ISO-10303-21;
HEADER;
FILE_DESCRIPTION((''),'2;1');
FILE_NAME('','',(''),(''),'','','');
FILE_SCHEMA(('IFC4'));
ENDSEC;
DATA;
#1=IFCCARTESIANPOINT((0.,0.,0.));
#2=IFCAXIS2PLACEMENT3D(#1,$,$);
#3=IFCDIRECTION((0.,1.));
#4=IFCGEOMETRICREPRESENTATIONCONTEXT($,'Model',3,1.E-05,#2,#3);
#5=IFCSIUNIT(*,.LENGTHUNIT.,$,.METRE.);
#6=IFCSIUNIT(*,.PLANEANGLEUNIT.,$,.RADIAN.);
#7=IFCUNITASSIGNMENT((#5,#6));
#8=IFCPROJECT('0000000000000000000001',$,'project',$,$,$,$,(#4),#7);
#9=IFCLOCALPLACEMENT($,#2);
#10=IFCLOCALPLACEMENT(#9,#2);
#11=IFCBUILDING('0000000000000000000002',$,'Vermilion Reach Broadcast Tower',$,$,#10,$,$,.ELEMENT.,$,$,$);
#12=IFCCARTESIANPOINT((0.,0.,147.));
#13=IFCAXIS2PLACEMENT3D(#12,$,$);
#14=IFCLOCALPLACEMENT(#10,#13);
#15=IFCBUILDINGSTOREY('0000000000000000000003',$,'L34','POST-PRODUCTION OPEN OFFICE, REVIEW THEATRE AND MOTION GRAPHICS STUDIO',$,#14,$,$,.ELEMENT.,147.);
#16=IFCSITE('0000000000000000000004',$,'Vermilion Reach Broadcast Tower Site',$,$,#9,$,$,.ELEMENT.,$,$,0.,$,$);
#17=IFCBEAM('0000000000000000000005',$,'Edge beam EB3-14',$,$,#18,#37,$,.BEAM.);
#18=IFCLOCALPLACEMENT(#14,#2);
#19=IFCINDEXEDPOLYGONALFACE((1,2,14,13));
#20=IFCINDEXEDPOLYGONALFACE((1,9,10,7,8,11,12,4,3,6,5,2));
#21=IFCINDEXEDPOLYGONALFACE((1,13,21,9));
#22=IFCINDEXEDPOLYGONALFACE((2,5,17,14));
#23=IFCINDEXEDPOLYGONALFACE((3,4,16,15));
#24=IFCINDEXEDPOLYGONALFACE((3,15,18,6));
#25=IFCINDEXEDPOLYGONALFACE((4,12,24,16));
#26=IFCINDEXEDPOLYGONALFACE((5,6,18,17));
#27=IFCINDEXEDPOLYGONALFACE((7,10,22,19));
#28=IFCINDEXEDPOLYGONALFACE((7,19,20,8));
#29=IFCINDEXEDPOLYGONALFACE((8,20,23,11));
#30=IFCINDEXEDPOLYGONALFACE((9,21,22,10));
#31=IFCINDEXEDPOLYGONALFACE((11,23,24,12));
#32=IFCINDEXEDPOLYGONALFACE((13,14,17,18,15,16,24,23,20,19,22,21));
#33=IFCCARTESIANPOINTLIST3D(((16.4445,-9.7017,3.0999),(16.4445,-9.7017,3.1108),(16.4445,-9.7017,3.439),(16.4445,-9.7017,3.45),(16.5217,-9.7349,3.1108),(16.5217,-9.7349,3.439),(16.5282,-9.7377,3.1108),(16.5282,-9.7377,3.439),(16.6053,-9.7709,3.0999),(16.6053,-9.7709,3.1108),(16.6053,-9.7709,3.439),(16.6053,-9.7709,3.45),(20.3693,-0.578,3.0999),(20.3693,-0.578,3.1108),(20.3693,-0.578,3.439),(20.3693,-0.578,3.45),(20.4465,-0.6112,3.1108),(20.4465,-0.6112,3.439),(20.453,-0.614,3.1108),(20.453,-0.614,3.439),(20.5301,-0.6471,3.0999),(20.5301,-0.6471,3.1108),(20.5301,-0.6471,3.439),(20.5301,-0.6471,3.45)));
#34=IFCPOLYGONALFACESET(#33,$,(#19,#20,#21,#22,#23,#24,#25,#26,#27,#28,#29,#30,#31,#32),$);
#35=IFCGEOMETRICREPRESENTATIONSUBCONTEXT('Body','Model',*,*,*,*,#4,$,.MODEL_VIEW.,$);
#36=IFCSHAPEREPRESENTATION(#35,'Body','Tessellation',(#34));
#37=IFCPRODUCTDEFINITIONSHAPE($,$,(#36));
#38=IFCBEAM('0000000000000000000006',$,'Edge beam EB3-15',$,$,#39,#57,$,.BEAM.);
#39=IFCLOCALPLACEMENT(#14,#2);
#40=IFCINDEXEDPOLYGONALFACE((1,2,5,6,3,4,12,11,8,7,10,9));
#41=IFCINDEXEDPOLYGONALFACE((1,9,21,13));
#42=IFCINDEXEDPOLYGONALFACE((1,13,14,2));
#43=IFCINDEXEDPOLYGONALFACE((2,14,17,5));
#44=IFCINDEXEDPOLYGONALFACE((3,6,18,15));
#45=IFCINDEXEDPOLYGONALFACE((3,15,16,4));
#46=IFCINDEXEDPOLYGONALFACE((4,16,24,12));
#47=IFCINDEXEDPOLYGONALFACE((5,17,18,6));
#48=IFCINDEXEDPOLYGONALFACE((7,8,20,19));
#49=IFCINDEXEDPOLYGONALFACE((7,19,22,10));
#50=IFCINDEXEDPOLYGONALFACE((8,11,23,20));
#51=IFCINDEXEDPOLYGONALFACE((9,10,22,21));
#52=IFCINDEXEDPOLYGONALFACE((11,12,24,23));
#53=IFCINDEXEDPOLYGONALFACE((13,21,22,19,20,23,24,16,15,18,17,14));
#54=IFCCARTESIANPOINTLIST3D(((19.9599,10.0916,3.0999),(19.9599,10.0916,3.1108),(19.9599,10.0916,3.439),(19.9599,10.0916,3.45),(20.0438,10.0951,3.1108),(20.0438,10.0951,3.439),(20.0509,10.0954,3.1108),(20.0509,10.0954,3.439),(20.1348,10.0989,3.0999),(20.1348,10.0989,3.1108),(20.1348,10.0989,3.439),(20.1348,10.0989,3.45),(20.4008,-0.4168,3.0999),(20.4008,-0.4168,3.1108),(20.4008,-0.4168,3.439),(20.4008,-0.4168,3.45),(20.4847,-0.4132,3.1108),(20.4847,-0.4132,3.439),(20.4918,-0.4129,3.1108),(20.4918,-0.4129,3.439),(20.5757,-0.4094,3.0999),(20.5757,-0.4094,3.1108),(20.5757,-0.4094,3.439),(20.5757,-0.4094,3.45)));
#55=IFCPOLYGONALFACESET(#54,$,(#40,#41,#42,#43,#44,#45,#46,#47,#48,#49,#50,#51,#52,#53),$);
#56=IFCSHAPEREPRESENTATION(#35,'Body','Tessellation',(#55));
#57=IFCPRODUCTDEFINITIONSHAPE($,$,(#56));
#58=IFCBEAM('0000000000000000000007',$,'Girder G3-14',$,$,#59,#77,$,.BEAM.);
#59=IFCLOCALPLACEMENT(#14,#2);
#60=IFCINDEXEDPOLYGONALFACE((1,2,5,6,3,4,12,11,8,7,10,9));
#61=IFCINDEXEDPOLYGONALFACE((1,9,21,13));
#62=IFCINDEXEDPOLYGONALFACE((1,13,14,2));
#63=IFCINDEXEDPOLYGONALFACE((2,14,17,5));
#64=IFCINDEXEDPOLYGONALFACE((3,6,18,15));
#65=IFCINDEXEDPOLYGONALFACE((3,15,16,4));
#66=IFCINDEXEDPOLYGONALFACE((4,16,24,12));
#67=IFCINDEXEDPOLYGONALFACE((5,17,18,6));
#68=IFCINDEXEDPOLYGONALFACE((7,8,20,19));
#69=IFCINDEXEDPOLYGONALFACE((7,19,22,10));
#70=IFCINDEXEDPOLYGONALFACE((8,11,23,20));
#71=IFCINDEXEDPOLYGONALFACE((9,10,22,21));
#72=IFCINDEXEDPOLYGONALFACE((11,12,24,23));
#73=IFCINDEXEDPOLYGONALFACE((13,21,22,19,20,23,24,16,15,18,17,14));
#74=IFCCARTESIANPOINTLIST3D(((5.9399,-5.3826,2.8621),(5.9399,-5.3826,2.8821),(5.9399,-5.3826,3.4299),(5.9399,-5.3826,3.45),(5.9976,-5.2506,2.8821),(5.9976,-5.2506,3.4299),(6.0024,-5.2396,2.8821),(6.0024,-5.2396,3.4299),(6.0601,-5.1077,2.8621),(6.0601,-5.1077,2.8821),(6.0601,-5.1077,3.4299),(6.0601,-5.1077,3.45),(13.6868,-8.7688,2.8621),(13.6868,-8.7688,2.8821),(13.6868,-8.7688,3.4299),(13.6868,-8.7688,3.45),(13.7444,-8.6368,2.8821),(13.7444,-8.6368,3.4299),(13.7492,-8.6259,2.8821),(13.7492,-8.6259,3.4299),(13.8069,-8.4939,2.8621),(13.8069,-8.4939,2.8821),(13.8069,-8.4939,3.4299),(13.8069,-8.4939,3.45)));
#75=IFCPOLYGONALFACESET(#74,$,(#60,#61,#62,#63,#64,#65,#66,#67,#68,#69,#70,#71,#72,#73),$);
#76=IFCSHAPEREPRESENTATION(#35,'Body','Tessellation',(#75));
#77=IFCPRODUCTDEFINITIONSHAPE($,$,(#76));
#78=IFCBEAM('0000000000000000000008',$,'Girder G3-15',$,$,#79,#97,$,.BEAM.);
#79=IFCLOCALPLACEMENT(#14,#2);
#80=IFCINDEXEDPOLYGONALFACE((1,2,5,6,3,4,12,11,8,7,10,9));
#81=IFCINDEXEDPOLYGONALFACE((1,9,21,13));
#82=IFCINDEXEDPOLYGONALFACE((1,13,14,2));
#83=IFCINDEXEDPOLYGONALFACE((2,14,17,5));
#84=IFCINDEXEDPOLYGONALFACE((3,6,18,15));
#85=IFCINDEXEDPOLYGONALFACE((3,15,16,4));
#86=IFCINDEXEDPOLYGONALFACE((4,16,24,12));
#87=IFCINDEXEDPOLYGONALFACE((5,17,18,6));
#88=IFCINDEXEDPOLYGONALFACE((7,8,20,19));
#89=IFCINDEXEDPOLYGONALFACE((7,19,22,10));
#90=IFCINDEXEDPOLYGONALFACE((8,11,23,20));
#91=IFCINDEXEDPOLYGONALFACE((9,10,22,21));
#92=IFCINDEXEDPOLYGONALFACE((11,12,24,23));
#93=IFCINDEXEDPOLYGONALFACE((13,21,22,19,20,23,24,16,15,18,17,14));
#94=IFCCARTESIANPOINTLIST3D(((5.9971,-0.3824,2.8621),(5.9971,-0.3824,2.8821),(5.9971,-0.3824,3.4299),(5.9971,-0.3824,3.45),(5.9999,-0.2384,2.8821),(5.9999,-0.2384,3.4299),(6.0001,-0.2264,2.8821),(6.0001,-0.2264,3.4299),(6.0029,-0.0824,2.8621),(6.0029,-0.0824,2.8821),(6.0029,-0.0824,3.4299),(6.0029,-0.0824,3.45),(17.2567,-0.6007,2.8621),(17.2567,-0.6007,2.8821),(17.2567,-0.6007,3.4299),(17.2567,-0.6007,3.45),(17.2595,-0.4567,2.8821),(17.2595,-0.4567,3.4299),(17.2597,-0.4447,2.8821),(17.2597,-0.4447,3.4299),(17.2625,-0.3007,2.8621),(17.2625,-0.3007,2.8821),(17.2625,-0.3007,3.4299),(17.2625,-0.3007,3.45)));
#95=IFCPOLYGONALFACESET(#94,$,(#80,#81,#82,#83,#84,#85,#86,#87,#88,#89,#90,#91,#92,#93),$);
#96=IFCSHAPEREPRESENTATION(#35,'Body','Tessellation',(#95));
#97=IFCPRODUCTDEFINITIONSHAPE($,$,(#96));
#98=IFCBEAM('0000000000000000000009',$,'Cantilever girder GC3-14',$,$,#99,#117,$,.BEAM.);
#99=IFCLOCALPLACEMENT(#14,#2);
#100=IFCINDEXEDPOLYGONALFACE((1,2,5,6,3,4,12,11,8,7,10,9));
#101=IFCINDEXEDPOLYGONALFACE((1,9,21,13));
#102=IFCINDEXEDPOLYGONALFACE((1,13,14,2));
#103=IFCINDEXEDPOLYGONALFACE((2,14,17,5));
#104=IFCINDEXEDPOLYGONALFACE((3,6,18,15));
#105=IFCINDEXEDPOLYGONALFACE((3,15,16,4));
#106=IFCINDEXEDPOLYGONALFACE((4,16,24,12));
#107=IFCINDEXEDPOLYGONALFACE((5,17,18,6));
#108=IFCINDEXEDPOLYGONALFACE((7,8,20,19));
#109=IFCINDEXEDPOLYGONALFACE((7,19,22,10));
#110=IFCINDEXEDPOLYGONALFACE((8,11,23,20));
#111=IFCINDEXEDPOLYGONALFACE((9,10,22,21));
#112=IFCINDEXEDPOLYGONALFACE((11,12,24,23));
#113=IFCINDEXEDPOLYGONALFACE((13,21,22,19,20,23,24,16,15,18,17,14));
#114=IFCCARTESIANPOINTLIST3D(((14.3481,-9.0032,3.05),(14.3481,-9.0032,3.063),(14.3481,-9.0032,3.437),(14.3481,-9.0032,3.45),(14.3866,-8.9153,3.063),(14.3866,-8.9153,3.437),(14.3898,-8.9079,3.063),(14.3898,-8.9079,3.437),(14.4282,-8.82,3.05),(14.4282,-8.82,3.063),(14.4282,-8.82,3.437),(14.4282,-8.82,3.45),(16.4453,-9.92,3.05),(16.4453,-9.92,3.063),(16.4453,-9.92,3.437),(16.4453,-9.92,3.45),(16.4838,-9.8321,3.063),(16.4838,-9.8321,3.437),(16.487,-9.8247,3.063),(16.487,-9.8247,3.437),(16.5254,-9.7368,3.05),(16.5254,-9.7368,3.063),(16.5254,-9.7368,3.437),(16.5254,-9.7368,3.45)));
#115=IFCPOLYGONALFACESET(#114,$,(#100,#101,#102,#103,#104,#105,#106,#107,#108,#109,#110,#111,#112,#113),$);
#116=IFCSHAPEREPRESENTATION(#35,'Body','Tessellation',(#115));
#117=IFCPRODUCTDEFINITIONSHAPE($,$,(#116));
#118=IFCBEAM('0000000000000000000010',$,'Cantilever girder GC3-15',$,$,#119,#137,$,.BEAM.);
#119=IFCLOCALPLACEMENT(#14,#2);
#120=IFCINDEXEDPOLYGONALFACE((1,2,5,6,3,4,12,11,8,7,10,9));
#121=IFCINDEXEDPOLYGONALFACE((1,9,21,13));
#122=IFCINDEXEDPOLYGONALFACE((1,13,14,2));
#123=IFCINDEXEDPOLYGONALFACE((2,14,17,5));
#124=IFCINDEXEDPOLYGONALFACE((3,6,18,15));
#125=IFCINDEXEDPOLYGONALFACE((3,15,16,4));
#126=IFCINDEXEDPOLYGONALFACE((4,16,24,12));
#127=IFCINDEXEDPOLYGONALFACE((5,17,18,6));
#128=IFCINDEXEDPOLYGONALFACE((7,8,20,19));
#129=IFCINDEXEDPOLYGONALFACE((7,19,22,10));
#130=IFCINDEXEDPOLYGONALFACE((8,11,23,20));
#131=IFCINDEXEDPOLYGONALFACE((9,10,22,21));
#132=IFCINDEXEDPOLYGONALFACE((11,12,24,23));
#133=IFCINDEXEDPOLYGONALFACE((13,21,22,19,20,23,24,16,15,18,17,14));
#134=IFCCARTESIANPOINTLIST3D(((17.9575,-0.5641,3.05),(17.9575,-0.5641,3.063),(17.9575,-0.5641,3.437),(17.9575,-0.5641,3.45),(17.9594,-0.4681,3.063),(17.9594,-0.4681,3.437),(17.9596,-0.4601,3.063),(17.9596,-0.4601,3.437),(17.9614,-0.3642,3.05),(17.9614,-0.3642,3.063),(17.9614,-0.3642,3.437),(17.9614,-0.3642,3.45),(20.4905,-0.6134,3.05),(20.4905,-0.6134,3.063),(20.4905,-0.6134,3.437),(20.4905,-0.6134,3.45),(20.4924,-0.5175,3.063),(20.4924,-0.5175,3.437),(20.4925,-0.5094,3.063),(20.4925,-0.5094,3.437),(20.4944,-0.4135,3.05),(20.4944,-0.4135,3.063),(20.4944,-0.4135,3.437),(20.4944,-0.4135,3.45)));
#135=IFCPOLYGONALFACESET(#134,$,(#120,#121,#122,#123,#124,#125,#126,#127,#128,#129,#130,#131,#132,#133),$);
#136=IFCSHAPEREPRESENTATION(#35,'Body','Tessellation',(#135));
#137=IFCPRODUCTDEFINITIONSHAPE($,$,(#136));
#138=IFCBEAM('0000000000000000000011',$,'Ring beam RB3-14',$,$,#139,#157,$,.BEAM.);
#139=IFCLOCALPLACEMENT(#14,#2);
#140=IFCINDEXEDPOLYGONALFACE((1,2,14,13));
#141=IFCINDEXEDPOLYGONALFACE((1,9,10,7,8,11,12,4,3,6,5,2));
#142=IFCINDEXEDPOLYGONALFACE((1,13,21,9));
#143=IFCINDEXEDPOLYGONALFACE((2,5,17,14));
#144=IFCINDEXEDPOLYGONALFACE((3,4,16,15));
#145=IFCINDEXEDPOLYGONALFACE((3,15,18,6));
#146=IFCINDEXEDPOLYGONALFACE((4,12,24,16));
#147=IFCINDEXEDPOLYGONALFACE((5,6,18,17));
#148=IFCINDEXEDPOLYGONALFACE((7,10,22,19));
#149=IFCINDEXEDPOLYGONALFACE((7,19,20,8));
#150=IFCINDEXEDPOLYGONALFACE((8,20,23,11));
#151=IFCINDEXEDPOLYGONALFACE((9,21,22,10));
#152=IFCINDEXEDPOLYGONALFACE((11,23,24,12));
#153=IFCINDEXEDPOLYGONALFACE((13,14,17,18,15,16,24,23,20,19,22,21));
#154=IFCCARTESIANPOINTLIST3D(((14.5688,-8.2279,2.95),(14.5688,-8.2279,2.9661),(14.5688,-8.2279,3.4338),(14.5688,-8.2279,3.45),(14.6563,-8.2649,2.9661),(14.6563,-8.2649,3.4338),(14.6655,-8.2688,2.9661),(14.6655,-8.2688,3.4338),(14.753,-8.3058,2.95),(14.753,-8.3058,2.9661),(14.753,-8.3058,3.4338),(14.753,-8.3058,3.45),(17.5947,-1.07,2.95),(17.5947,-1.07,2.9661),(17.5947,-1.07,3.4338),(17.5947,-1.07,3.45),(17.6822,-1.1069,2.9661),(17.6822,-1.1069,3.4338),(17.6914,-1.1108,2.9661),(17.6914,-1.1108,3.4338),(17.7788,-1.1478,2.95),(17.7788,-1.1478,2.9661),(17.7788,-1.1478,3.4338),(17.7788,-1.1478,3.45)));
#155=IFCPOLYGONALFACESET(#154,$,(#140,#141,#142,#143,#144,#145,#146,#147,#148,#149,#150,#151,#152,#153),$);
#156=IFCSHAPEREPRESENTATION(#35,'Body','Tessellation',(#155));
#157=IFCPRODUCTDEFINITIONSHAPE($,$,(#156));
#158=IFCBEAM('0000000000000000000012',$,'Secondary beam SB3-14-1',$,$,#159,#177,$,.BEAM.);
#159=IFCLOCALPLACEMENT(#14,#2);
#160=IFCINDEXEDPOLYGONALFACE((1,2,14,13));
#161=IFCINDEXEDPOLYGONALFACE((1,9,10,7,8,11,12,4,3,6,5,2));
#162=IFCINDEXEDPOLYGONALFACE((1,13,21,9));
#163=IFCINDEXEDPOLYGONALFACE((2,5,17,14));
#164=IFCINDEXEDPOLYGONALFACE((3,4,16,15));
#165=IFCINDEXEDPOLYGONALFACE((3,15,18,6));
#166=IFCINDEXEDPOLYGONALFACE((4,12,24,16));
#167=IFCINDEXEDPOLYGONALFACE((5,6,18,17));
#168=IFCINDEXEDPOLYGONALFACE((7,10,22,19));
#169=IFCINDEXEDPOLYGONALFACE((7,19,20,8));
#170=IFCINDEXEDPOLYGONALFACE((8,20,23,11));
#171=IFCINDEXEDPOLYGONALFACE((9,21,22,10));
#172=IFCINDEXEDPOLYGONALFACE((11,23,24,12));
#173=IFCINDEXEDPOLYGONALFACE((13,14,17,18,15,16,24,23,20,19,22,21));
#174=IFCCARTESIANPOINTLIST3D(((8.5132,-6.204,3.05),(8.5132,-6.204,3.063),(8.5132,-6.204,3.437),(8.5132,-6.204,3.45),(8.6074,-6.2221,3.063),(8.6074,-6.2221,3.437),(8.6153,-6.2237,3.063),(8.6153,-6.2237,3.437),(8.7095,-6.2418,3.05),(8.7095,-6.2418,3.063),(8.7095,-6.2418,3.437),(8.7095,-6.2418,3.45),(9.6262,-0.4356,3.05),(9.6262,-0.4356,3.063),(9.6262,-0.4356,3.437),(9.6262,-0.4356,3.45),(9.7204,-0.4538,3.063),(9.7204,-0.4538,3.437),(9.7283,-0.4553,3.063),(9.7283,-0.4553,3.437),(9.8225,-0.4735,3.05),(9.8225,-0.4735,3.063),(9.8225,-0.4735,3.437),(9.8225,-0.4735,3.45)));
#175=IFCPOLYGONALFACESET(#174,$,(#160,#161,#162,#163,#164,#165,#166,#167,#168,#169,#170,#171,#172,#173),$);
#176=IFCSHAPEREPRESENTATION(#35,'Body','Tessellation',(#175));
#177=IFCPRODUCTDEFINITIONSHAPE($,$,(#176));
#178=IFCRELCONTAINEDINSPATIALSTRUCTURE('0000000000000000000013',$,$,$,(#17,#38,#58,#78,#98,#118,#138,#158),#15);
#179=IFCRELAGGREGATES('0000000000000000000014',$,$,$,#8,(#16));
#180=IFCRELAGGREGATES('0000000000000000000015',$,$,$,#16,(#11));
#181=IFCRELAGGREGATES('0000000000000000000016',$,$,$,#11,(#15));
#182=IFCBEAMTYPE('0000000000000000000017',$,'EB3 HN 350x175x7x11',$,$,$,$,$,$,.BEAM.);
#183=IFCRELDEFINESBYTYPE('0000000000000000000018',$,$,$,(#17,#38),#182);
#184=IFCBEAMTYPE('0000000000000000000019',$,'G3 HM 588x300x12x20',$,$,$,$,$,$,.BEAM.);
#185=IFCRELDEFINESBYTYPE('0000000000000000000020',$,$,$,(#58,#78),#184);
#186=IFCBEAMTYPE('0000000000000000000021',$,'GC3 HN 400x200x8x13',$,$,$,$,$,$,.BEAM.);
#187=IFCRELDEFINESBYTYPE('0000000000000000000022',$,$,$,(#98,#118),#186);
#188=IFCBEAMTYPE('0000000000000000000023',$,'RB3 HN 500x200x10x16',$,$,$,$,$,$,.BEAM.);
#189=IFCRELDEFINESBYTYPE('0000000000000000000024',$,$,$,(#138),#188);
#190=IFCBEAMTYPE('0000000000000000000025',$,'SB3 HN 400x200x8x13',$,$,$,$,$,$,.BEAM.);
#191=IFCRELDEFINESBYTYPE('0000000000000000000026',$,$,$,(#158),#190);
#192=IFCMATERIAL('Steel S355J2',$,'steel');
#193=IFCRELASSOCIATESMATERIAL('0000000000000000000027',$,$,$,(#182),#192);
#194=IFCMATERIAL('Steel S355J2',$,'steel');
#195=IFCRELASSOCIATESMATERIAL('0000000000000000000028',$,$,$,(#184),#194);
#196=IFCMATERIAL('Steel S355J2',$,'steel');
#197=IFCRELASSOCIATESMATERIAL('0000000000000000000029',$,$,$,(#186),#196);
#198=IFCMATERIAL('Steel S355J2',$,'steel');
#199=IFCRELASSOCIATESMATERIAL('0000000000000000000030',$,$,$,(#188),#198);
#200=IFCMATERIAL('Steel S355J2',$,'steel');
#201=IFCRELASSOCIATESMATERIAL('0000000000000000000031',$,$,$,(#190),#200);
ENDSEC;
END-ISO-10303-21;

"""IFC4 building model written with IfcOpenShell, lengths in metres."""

from ifc_helpers import new_model, si_unit, direction, frame, origin, origin_2d, place, context, subcontext, project, spatial, i_section, extrude, material, material_profile, profile_set, type_object, element, save


model = new_model("IFC4")

# Units and contexts
model_context = context("Model", 3, precision=1e-05, world=origin(), true_north=direction((0.0, 1.0)))
body_context = subcontext(model_context, "Body", "Model", "MODEL_VIEW")
ifc_project = project(units=[si_unit("LENGTHUNIT", "METRE"), si_unit("PLANEANGLEUNIT", "RADIAN")], contexts=[model_context])

# Site, building, storey
site_placement = place(None, origin())
site = spatial("IfcSite", under=ifc_project, at=site_placement, Name="Vermilion Reach Broadcast Tower Site", CompositionType="ELEMENT", RefElevation=0.0)
building_placement = place(site_placement, origin())
building = spatial("IfcBuilding", under=site, at=building_placement, Name="Vermilion Reach Broadcast Tower", CompositionType="ELEMENT")
storey_placement = place(building_placement, frame((0.0, 0.0, 147.0)))
storey = spatial("IfcBuildingStorey", under=building, at=storey_placement, Name="L34", Description="POST-PRODUCTION OPEN OFFICE, REVIEW THEATRE AND MOTION GRAPHICS STUDIO", CompositionType="ELEMENT", Elevation=147.0)

# Beams
ifc_material_1 = material(Name="Steel S355J2", Category="steel")
ifc_material_profile_1 = material_profile(ifc_material_1, i_section(OverallWidth=0.175, OverallDepth=0.3501, WebThickness=0.0071, FlangeThickness=0.011, at=origin_2d()), Name="S355J2 HN 350x175x7x11")
ifc_profile_set_1 = profile_set([ifc_material_profile_1], Name="Steel S355J2")
beam_type_1 = type_object("IfcBeamType", Name="EB3 HN 350x175x7x11", PredefinedType="BEAM", material=ifc_profile_set_1)
beam_1_placement = place(storey_placement, frame((16.5249, -9.7363, 3.2749), z_axis=(0.395162, 0.918611, 0.0), x_axis=(-0.918611, 0.395162, 0.0)))
element("IfcBeam", 1, at=beam_1_placement, inside=storey, type_object=beam_type_1, Name="Edge beam EB3-14", PredefinedType="BEAM", context=body_context, shape_type="SweptSolid", body=[
    extrude(i_section(OverallWidth=0.175, OverallDepth=0.3501, WebThickness=0.0071, FlangeThickness=0.011, at=origin_2d()), origin(), (0.0, 0.0, 1.0), 9.9321),
])
beam_2_placement = place(storey_placement, frame((20.4883, -0.4131, 3.2749), z_axis=(-0.041922, 0.999121, 0.0), x_axis=(-0.999121, -0.041922, 0.0)))
element("IfcBeam", 2, at=beam_2_placement, inside=storey, type_object=beam_type_1, Name="Edge beam EB3-15", PredefinedType="BEAM", context=body_context, shape_type="SweptSolid", body=[
    extrude(i_section(OverallWidth=0.175, OverallDepth=0.3501, WebThickness=0.0071, FlangeThickness=0.011, at=origin_2d()), origin(), (0.0, 0.0, 1.0), 10.5176),
])
ifc_material_2 = material(Name="Steel S355J2", Category="steel")
ifc_material_profile_2 = material_profile(ifc_material_2, i_section(OverallWidth=0.3, OverallDepth=0.5879, WebThickness=0.012, FlangeThickness=0.02, at=origin_2d()), Name="S355J2 HM 588x300x12x20")
ifc_profile_set_2 = profile_set([ifc_material_profile_2], Name="Steel S355J2")
beam_type_2 = type_object("IfcBeamType", Name="G3 HM 588x300x12x20", PredefinedType="BEAM", material=ifc_profile_set_2)
beam_3_placement = place(storey_placement, frame((6.0, -5.2451, 3.156), z_axis=(0.916288, -0.40052, 0.0), x_axis=(0.40052, 0.916288, 0.0)))
element("IfcBeam", 3, at=beam_3_placement, inside=storey, type_object=beam_type_2, Name="Girder G3-14", PredefinedType="BEAM", context=body_context, shape_type="SweptSolid", body=[
    extrude(i_section(OverallWidth=0.3, OverallDepth=0.5879, WebThickness=0.012, FlangeThickness=0.02, at=origin_2d()), origin(), (0.0, 0.0, 1.0), 8.4546),
])
beam_4_placement = place(storey_placement, frame((6.0, -0.2324, 3.156), z_axis=(0.999812, -0.019381, 0.0), x_axis=(0.019381, 0.999812, 0.0)))
element("IfcBeam", 4, at=beam_4_placement, inside=storey, type_object=beam_type_2, Name="Girder G3-15", PredefinedType="BEAM", context=body_context, shape_type="SweptSolid", body=[
    extrude(i_section(OverallWidth=0.3, OverallDepth=0.5879, WebThickness=0.012, FlangeThickness=0.02, at=origin_2d()), origin(), (0.0, 0.0, 1.0), 11.2617),
])
ifc_material_3 = material(Name="Steel S355J2", Category="steel")
ifc_material_profile_3 = material_profile(ifc_material_3, i_section(OverallWidth=0.2, OverallDepth=0.3999, WebThickness=0.0081, FlangeThickness=0.0129, at=origin_2d()), Name="S355J2 HN 400x200x8x13")
ifc_profile_set_3 = profile_set([ifc_material_profile_3], Name="Steel S355J2")
beam_type_3 = type_object("IfcBeamType", Name="GC3 HN 400x200x8x13", PredefinedType="BEAM", material=ifc_profile_set_3)
beam_5_placement = place(storey_placement, frame((14.3882, -8.9116, 3.25), z_axis=(0.91628, -0.400539, 0.0), x_axis=(0.400539, 0.91628, 0.0)))
element("IfcBeam", 5, at=beam_5_placement, inside=storey, type_object=beam_type_3, Name="Cantilever girder GC3-14", PredefinedType="BEAM", context=body_context, shape_type="SweptSolid", body=[
    extrude(i_section(OverallWidth=0.2, OverallDepth=0.3999, WebThickness=0.0081, FlangeThickness=0.0129, at=origin_2d()), origin(), (0.0, 0.0, 1.0), 2.2888),
])
beam_6_placement = place(storey_placement, frame((17.9595, -0.4641, 3.25), z_axis=(0.999811, -0.019466, 0.0), x_axis=(0.019466, 0.999811, 0.0)))
element("IfcBeam", 6, at=beam_6_placement, inside=storey, type_object=beam_type_3, Name="Cantilever girder GC3-15", PredefinedType="BEAM", context=body_context, shape_type="SweptSolid", body=[
    extrude(i_section(OverallWidth=0.2, OverallDepth=0.3999, WebThickness=0.0081, FlangeThickness=0.0129, at=origin_2d()), origin(), (0.0, 0.0, 1.0), 2.5334),
])
ifc_material_4 = material(Name="Steel S355J2", Category="steel")
ifc_material_profile_4 = material_profile(ifc_material_4, i_section(OverallWidth=0.2, OverallDepth=0.5, WebThickness=0.01, FlangeThickness=0.0161, at=origin_2d()), Name="S355J2 HN 500x200x10x16")
ifc_profile_set_4 = profile_set([ifc_material_profile_4], Name="Steel S355J2")
beam_type_4 = type_object("IfcBeamType", Name="RB3 HN 500x200x10x16", PredefinedType="BEAM", material=ifc_profile_set_4)
beam_7_placement = place(storey_placement, frame((14.6609, -8.2668, 3.2), z_axis=(0.389368, 0.921082, 0.0), x_axis=(-0.921082, 0.389368, 0.0)))
element("IfcBeam", 7, at=beam_7_placement, inside=storey, type_object=beam_type_4, Name="Ring beam RB3-14", PredefinedType="BEAM", context=body_context, shape_type="SweptSolid", body=[
    extrude(i_section(OverallWidth=0.2, OverallDepth=0.5, WebThickness=0.01, FlangeThickness=0.0161, at=origin_2d()), origin(), (0.0, 0.0, 1.0), 7.7712),
])
ifc_material_5 = material(Name="Steel S355J2", Category="steel")
ifc_material_profile_5 = material_profile(ifc_material_5, i_section(OverallWidth=0.2, OverallDepth=0.3999, WebThickness=0.0081, FlangeThickness=0.0129, at=origin_2d()), Name="S355J2 HN 400x200x8x13")
ifc_profile_set_5 = profile_set([ifc_material_profile_5], Name="Steel S355J2")
beam_type_5 = type_object("IfcBeamType", Name="SB3 HN 400x200x8x13", PredefinedType="BEAM", material=ifc_profile_set_5)
beam_8_placement = place(storey_placement, frame((8.6113, -6.2229, 3.25), z_axis=(0.189462, 0.981888, 0.0), x_axis=(-0.981888, 0.189462, 0.0)))
element("IfcBeam", 8, at=beam_8_placement, inside=storey, type_object=beam_type_5, Name="Secondary beam SB3-14-1", PredefinedType="BEAM", context=body_context, shape_type="SweptSolid", body=[
    extrude(i_section(OverallWidth=0.2, OverallDepth=0.3999, WebThickness=0.0081, FlangeThickness=0.0129, at=origin_2d()), origin(), (0.0, 0.0, 1.0), 5.8748),
])

save(model, "model.ifc")
